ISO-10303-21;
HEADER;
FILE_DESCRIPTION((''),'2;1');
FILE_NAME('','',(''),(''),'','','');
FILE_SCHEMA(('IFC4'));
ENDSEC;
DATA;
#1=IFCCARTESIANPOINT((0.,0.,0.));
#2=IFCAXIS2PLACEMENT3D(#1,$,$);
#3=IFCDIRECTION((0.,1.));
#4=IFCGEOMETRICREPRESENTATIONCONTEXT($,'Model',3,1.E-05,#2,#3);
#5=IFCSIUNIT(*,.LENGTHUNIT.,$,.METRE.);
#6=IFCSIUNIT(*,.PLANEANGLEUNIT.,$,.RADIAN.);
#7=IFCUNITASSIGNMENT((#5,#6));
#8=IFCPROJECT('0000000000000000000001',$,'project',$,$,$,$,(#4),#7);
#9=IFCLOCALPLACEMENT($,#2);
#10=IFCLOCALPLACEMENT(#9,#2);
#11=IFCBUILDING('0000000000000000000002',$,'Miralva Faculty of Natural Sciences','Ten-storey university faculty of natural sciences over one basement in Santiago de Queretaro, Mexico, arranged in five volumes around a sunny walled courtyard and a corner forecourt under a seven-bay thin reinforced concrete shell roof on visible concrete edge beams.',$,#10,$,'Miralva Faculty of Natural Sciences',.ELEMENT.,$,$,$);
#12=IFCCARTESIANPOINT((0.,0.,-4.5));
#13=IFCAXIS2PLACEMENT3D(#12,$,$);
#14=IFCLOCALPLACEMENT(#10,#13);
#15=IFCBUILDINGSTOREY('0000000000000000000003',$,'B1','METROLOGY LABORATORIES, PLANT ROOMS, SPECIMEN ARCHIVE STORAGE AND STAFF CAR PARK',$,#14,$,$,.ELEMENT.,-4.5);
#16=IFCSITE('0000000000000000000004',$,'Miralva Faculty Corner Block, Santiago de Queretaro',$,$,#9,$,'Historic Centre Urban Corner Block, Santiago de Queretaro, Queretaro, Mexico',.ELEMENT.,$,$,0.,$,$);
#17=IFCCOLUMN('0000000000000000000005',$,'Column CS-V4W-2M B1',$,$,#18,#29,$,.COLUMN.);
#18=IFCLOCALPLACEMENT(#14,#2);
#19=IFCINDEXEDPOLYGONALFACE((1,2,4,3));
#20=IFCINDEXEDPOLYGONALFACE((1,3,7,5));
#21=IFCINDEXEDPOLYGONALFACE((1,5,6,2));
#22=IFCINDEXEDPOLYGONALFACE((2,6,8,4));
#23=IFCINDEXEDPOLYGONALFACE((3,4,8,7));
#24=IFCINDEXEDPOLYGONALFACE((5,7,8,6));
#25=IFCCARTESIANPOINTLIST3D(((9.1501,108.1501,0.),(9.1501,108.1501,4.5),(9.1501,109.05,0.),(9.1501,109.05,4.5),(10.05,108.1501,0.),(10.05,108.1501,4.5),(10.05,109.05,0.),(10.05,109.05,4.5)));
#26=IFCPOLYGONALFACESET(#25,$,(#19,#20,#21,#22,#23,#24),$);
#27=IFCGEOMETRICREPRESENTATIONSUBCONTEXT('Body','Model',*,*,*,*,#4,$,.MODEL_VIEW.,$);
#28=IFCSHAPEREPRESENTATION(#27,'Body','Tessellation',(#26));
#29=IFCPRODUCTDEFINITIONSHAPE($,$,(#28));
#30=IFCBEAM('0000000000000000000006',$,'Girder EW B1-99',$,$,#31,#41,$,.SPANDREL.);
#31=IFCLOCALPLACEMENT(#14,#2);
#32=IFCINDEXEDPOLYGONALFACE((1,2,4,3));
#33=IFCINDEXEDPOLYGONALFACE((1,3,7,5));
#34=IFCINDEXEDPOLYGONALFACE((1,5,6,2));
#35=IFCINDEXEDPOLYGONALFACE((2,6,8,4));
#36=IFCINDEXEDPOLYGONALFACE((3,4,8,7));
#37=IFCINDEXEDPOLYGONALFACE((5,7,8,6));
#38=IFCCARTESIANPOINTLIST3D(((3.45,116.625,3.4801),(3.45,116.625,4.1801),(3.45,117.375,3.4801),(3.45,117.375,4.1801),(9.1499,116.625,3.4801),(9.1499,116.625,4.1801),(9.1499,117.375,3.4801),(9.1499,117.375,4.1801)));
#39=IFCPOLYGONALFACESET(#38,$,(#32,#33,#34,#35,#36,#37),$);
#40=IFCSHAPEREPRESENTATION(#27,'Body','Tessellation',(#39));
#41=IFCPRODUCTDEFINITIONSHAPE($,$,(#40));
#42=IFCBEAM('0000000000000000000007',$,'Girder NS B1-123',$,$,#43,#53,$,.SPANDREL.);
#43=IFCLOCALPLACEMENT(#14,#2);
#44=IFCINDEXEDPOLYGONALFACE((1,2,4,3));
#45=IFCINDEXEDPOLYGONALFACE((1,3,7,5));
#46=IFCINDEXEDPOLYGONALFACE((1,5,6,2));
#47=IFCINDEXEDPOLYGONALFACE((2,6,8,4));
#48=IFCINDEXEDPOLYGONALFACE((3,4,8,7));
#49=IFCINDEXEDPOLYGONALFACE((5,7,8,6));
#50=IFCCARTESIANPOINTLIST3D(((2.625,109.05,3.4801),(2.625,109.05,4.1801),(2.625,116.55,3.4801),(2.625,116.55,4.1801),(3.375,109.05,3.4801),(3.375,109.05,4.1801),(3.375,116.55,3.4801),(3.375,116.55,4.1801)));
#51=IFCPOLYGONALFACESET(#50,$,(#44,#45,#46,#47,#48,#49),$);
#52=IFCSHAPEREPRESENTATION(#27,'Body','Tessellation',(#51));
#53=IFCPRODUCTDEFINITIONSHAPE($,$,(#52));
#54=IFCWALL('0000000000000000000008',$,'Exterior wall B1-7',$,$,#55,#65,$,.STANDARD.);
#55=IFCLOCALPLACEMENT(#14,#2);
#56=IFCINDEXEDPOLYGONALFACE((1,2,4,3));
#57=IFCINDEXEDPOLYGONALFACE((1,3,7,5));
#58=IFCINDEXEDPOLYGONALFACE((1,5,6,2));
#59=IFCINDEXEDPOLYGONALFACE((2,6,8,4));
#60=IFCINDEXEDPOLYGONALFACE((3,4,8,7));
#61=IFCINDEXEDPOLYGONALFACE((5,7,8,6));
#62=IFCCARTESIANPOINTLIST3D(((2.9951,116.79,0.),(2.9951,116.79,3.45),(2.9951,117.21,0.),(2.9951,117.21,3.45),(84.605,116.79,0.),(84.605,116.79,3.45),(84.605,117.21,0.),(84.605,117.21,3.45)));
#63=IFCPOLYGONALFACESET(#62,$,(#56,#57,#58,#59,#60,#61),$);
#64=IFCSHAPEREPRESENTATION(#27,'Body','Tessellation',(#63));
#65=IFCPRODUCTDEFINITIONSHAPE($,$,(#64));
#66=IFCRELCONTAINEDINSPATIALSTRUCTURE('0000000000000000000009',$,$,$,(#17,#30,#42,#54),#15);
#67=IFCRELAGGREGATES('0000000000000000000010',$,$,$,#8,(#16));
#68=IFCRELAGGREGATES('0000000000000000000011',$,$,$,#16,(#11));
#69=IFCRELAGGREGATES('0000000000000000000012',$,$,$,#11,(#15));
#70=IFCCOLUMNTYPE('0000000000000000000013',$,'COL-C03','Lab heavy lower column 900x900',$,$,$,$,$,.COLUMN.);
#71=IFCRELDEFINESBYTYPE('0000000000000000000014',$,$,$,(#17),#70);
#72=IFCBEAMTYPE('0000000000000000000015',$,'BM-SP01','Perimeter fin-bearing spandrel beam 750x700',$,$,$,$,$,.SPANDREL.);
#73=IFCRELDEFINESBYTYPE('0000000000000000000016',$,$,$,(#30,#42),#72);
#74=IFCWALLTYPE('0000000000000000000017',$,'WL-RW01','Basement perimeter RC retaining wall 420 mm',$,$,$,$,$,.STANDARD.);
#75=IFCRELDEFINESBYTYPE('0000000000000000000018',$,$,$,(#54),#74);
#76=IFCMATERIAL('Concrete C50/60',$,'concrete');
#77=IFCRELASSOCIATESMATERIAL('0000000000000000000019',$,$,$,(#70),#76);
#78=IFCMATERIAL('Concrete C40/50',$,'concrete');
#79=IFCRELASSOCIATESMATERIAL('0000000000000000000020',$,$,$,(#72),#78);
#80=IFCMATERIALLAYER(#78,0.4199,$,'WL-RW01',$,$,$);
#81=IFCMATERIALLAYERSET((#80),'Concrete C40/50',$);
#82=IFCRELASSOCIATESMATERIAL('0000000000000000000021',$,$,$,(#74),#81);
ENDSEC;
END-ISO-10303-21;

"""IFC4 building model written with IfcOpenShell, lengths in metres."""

from ifc_helpers import new_model, si_unit, direction, frame, frame_2d, origin, origin_2d, place, context, subcontext, project, spatial, rectangle, extrude, material, layer, layer_set, material_profile, profile_set, type_object, element, save


model = new_model("IFC4")

# Units and contexts
model_context = context("Model", 3, precision=1e-05, world=origin(), true_north=direction((0.0, 1.0)))
body_context = subcontext(model_context, "Body", "Model", "MODEL_VIEW")
ifc_project = project(units=[si_unit("LENGTHUNIT", "METRE"), si_unit("PLANEANGLEUNIT", "RADIAN")], contexts=[model_context])

# Site, building, storey
site_placement = place(None, origin())
site = spatial("IfcSite", under=ifc_project, at=site_placement, Name="Miralva Faculty Corner Block, Santiago de Queretaro", LongName="Historic Centre Urban Corner Block, Santiago de Queretaro, Queretaro, Mexico", CompositionType="ELEMENT", RefElevation=0.0)
building_placement = place(site_placement, origin())
building = spatial("IfcBuilding", under=site, at=building_placement, Name="Miralva Faculty of Natural Sciences", Description="Ten-storey university faculty of natural sciences over one basement in Santiago de Queretaro, Mexico, arranged in five volumes around a sunny walled courtyard and a corner forecourt under a seven-bay thin reinforced concrete shell roof on visible concrete edge beams.", LongName="Miralva Faculty of Natural Sciences", CompositionType="ELEMENT")
storey_placement = place(building_placement, frame((0.0, 0.0, -4.5)))
storey = spatial("IfcBuildingStorey", under=building, at=storey_placement, Name="B1", Description="METROLOGY LABORATORIES, PLANT ROOMS, SPECIMEN ARCHIVE STORAGE AND STAFF CAR PARK", CompositionType="ELEMENT", Elevation=-4.5)

# Column
ifc_material_1 = material(Name="Concrete C50/60", Category="concrete")
ifc_material_profile_1 = material_profile(ifc_material_1, rectangle(XDim=0.8999, YDim=0.8999, at=origin_2d()), Name="RC 900x900")
ifc_profile_set_1 = profile_set([ifc_material_profile_1], Name="Concrete C50/60")
column_type = type_object("IfcColumnType", Name="COL-C03", Description="Lab heavy lower column 900x900", PredefinedType="COLUMN", material=ifc_profile_set_1)
for number, where, z_axis, x_axis, name in (
    (1, (9.6001, 108.6001, 0.0), (0.0, 0.0, 1.0), (1.0, 0.0, 0.0), "Column CS-V4W-2M B1"),
):
    element("IfcColumn", number, at=place(storey_placement, frame(where, z_axis=z_axis, x_axis=x_axis)), inside=storey, type_object=column_type, Name=name, PredefinedType="COLUMN", context=body_context, shape_type="SweptSolid", body=[
        extrude(rectangle(XDim=0.8999, YDim=0.8999, at=origin_2d()), origin(), (0.0, 0.0, 1.0), 4.5),
    ])

# Beams
ifc_material_2 = material(Name="Concrete C40/50", Category="concrete")
ifc_material_profile_2 = material_profile(ifc_material_2, rectangle(XDim=0.75, YDim=0.7, at=origin_2d()), Name="RC 750x700")
ifc_profile_set_2 = profile_set([ifc_material_profile_2], Name="Concrete C40/50")
beam_type = type_object("IfcBeamType", Name="BM-SP01", Description="Perimeter fin-bearing spandrel beam 750x700", PredefinedType="SPANDREL", material=ifc_profile_set_2)
beam_1_placement = place(storey_placement, frame((3.45, 117.0, 3.8301), z_axis=(1.0, 0.0, 0.0), x_axis=(0.0, 1.0, 0.0)))
element("IfcBeam", 2, at=beam_1_placement, inside=storey, type_object=beam_type, Name="Girder EW B1-99", PredefinedType="SPANDREL", context=body_context, shape_type="SweptSolid", body=[
    extrude(rectangle(XDim=0.75, YDim=0.7, at=origin_2d()), origin(), (0.0, 0.0, 1.0), 5.7),
])
beam_2_placement = place(storey_placement, frame((3.0, 109.05, 3.8301), z_axis=(0.0, 1.0, 0.0), x_axis=(-1.0, 0.0, 0.0)))
element("IfcBeam", 3, at=beam_2_placement, inside=storey, type_object=beam_type, Name="Girder NS B1-123", PredefinedType="SPANDREL", context=body_context, shape_type="SweptSolid", body=[
    extrude(rectangle(XDim=0.75, YDim=0.7, at=origin_2d()), origin(), (0.0, 0.0, 1.0), 7.5),
])

# Wall
ifc_layer_1 = layer(ifc_material_2, 0.4199, Name="WL-RW01")
ifc_layer_set_1 = layer_set([ifc_layer_1], Name="Concrete C40/50")
wall_type = type_object("IfcWallType", Name="WL-RW01", Description="Basement perimeter RC retaining wall 420 mm", PredefinedType="STANDARD", material=ifc_layer_set_1)
wall_placement = place(storey_placement, frame((2.9951, 117.0, 0.0), z_axis=(0.0, 0.0, 1.0), x_axis=(1.0, 0.0, 0.0)))
element("IfcWall", 4, at=wall_placement, inside=storey, type_object=wall_type, Name="Exterior wall B1-7", PredefinedType="STANDARD", context=body_context, shape_type="SweptSolid", body=[
    extrude(rectangle(XDim=81.6099, YDim=0.4199, at=frame_2d((40.8049, 0.0))), origin(), (0.0, 0.0, 1.0), 3.45),
])

save(model, "model.ifc")
